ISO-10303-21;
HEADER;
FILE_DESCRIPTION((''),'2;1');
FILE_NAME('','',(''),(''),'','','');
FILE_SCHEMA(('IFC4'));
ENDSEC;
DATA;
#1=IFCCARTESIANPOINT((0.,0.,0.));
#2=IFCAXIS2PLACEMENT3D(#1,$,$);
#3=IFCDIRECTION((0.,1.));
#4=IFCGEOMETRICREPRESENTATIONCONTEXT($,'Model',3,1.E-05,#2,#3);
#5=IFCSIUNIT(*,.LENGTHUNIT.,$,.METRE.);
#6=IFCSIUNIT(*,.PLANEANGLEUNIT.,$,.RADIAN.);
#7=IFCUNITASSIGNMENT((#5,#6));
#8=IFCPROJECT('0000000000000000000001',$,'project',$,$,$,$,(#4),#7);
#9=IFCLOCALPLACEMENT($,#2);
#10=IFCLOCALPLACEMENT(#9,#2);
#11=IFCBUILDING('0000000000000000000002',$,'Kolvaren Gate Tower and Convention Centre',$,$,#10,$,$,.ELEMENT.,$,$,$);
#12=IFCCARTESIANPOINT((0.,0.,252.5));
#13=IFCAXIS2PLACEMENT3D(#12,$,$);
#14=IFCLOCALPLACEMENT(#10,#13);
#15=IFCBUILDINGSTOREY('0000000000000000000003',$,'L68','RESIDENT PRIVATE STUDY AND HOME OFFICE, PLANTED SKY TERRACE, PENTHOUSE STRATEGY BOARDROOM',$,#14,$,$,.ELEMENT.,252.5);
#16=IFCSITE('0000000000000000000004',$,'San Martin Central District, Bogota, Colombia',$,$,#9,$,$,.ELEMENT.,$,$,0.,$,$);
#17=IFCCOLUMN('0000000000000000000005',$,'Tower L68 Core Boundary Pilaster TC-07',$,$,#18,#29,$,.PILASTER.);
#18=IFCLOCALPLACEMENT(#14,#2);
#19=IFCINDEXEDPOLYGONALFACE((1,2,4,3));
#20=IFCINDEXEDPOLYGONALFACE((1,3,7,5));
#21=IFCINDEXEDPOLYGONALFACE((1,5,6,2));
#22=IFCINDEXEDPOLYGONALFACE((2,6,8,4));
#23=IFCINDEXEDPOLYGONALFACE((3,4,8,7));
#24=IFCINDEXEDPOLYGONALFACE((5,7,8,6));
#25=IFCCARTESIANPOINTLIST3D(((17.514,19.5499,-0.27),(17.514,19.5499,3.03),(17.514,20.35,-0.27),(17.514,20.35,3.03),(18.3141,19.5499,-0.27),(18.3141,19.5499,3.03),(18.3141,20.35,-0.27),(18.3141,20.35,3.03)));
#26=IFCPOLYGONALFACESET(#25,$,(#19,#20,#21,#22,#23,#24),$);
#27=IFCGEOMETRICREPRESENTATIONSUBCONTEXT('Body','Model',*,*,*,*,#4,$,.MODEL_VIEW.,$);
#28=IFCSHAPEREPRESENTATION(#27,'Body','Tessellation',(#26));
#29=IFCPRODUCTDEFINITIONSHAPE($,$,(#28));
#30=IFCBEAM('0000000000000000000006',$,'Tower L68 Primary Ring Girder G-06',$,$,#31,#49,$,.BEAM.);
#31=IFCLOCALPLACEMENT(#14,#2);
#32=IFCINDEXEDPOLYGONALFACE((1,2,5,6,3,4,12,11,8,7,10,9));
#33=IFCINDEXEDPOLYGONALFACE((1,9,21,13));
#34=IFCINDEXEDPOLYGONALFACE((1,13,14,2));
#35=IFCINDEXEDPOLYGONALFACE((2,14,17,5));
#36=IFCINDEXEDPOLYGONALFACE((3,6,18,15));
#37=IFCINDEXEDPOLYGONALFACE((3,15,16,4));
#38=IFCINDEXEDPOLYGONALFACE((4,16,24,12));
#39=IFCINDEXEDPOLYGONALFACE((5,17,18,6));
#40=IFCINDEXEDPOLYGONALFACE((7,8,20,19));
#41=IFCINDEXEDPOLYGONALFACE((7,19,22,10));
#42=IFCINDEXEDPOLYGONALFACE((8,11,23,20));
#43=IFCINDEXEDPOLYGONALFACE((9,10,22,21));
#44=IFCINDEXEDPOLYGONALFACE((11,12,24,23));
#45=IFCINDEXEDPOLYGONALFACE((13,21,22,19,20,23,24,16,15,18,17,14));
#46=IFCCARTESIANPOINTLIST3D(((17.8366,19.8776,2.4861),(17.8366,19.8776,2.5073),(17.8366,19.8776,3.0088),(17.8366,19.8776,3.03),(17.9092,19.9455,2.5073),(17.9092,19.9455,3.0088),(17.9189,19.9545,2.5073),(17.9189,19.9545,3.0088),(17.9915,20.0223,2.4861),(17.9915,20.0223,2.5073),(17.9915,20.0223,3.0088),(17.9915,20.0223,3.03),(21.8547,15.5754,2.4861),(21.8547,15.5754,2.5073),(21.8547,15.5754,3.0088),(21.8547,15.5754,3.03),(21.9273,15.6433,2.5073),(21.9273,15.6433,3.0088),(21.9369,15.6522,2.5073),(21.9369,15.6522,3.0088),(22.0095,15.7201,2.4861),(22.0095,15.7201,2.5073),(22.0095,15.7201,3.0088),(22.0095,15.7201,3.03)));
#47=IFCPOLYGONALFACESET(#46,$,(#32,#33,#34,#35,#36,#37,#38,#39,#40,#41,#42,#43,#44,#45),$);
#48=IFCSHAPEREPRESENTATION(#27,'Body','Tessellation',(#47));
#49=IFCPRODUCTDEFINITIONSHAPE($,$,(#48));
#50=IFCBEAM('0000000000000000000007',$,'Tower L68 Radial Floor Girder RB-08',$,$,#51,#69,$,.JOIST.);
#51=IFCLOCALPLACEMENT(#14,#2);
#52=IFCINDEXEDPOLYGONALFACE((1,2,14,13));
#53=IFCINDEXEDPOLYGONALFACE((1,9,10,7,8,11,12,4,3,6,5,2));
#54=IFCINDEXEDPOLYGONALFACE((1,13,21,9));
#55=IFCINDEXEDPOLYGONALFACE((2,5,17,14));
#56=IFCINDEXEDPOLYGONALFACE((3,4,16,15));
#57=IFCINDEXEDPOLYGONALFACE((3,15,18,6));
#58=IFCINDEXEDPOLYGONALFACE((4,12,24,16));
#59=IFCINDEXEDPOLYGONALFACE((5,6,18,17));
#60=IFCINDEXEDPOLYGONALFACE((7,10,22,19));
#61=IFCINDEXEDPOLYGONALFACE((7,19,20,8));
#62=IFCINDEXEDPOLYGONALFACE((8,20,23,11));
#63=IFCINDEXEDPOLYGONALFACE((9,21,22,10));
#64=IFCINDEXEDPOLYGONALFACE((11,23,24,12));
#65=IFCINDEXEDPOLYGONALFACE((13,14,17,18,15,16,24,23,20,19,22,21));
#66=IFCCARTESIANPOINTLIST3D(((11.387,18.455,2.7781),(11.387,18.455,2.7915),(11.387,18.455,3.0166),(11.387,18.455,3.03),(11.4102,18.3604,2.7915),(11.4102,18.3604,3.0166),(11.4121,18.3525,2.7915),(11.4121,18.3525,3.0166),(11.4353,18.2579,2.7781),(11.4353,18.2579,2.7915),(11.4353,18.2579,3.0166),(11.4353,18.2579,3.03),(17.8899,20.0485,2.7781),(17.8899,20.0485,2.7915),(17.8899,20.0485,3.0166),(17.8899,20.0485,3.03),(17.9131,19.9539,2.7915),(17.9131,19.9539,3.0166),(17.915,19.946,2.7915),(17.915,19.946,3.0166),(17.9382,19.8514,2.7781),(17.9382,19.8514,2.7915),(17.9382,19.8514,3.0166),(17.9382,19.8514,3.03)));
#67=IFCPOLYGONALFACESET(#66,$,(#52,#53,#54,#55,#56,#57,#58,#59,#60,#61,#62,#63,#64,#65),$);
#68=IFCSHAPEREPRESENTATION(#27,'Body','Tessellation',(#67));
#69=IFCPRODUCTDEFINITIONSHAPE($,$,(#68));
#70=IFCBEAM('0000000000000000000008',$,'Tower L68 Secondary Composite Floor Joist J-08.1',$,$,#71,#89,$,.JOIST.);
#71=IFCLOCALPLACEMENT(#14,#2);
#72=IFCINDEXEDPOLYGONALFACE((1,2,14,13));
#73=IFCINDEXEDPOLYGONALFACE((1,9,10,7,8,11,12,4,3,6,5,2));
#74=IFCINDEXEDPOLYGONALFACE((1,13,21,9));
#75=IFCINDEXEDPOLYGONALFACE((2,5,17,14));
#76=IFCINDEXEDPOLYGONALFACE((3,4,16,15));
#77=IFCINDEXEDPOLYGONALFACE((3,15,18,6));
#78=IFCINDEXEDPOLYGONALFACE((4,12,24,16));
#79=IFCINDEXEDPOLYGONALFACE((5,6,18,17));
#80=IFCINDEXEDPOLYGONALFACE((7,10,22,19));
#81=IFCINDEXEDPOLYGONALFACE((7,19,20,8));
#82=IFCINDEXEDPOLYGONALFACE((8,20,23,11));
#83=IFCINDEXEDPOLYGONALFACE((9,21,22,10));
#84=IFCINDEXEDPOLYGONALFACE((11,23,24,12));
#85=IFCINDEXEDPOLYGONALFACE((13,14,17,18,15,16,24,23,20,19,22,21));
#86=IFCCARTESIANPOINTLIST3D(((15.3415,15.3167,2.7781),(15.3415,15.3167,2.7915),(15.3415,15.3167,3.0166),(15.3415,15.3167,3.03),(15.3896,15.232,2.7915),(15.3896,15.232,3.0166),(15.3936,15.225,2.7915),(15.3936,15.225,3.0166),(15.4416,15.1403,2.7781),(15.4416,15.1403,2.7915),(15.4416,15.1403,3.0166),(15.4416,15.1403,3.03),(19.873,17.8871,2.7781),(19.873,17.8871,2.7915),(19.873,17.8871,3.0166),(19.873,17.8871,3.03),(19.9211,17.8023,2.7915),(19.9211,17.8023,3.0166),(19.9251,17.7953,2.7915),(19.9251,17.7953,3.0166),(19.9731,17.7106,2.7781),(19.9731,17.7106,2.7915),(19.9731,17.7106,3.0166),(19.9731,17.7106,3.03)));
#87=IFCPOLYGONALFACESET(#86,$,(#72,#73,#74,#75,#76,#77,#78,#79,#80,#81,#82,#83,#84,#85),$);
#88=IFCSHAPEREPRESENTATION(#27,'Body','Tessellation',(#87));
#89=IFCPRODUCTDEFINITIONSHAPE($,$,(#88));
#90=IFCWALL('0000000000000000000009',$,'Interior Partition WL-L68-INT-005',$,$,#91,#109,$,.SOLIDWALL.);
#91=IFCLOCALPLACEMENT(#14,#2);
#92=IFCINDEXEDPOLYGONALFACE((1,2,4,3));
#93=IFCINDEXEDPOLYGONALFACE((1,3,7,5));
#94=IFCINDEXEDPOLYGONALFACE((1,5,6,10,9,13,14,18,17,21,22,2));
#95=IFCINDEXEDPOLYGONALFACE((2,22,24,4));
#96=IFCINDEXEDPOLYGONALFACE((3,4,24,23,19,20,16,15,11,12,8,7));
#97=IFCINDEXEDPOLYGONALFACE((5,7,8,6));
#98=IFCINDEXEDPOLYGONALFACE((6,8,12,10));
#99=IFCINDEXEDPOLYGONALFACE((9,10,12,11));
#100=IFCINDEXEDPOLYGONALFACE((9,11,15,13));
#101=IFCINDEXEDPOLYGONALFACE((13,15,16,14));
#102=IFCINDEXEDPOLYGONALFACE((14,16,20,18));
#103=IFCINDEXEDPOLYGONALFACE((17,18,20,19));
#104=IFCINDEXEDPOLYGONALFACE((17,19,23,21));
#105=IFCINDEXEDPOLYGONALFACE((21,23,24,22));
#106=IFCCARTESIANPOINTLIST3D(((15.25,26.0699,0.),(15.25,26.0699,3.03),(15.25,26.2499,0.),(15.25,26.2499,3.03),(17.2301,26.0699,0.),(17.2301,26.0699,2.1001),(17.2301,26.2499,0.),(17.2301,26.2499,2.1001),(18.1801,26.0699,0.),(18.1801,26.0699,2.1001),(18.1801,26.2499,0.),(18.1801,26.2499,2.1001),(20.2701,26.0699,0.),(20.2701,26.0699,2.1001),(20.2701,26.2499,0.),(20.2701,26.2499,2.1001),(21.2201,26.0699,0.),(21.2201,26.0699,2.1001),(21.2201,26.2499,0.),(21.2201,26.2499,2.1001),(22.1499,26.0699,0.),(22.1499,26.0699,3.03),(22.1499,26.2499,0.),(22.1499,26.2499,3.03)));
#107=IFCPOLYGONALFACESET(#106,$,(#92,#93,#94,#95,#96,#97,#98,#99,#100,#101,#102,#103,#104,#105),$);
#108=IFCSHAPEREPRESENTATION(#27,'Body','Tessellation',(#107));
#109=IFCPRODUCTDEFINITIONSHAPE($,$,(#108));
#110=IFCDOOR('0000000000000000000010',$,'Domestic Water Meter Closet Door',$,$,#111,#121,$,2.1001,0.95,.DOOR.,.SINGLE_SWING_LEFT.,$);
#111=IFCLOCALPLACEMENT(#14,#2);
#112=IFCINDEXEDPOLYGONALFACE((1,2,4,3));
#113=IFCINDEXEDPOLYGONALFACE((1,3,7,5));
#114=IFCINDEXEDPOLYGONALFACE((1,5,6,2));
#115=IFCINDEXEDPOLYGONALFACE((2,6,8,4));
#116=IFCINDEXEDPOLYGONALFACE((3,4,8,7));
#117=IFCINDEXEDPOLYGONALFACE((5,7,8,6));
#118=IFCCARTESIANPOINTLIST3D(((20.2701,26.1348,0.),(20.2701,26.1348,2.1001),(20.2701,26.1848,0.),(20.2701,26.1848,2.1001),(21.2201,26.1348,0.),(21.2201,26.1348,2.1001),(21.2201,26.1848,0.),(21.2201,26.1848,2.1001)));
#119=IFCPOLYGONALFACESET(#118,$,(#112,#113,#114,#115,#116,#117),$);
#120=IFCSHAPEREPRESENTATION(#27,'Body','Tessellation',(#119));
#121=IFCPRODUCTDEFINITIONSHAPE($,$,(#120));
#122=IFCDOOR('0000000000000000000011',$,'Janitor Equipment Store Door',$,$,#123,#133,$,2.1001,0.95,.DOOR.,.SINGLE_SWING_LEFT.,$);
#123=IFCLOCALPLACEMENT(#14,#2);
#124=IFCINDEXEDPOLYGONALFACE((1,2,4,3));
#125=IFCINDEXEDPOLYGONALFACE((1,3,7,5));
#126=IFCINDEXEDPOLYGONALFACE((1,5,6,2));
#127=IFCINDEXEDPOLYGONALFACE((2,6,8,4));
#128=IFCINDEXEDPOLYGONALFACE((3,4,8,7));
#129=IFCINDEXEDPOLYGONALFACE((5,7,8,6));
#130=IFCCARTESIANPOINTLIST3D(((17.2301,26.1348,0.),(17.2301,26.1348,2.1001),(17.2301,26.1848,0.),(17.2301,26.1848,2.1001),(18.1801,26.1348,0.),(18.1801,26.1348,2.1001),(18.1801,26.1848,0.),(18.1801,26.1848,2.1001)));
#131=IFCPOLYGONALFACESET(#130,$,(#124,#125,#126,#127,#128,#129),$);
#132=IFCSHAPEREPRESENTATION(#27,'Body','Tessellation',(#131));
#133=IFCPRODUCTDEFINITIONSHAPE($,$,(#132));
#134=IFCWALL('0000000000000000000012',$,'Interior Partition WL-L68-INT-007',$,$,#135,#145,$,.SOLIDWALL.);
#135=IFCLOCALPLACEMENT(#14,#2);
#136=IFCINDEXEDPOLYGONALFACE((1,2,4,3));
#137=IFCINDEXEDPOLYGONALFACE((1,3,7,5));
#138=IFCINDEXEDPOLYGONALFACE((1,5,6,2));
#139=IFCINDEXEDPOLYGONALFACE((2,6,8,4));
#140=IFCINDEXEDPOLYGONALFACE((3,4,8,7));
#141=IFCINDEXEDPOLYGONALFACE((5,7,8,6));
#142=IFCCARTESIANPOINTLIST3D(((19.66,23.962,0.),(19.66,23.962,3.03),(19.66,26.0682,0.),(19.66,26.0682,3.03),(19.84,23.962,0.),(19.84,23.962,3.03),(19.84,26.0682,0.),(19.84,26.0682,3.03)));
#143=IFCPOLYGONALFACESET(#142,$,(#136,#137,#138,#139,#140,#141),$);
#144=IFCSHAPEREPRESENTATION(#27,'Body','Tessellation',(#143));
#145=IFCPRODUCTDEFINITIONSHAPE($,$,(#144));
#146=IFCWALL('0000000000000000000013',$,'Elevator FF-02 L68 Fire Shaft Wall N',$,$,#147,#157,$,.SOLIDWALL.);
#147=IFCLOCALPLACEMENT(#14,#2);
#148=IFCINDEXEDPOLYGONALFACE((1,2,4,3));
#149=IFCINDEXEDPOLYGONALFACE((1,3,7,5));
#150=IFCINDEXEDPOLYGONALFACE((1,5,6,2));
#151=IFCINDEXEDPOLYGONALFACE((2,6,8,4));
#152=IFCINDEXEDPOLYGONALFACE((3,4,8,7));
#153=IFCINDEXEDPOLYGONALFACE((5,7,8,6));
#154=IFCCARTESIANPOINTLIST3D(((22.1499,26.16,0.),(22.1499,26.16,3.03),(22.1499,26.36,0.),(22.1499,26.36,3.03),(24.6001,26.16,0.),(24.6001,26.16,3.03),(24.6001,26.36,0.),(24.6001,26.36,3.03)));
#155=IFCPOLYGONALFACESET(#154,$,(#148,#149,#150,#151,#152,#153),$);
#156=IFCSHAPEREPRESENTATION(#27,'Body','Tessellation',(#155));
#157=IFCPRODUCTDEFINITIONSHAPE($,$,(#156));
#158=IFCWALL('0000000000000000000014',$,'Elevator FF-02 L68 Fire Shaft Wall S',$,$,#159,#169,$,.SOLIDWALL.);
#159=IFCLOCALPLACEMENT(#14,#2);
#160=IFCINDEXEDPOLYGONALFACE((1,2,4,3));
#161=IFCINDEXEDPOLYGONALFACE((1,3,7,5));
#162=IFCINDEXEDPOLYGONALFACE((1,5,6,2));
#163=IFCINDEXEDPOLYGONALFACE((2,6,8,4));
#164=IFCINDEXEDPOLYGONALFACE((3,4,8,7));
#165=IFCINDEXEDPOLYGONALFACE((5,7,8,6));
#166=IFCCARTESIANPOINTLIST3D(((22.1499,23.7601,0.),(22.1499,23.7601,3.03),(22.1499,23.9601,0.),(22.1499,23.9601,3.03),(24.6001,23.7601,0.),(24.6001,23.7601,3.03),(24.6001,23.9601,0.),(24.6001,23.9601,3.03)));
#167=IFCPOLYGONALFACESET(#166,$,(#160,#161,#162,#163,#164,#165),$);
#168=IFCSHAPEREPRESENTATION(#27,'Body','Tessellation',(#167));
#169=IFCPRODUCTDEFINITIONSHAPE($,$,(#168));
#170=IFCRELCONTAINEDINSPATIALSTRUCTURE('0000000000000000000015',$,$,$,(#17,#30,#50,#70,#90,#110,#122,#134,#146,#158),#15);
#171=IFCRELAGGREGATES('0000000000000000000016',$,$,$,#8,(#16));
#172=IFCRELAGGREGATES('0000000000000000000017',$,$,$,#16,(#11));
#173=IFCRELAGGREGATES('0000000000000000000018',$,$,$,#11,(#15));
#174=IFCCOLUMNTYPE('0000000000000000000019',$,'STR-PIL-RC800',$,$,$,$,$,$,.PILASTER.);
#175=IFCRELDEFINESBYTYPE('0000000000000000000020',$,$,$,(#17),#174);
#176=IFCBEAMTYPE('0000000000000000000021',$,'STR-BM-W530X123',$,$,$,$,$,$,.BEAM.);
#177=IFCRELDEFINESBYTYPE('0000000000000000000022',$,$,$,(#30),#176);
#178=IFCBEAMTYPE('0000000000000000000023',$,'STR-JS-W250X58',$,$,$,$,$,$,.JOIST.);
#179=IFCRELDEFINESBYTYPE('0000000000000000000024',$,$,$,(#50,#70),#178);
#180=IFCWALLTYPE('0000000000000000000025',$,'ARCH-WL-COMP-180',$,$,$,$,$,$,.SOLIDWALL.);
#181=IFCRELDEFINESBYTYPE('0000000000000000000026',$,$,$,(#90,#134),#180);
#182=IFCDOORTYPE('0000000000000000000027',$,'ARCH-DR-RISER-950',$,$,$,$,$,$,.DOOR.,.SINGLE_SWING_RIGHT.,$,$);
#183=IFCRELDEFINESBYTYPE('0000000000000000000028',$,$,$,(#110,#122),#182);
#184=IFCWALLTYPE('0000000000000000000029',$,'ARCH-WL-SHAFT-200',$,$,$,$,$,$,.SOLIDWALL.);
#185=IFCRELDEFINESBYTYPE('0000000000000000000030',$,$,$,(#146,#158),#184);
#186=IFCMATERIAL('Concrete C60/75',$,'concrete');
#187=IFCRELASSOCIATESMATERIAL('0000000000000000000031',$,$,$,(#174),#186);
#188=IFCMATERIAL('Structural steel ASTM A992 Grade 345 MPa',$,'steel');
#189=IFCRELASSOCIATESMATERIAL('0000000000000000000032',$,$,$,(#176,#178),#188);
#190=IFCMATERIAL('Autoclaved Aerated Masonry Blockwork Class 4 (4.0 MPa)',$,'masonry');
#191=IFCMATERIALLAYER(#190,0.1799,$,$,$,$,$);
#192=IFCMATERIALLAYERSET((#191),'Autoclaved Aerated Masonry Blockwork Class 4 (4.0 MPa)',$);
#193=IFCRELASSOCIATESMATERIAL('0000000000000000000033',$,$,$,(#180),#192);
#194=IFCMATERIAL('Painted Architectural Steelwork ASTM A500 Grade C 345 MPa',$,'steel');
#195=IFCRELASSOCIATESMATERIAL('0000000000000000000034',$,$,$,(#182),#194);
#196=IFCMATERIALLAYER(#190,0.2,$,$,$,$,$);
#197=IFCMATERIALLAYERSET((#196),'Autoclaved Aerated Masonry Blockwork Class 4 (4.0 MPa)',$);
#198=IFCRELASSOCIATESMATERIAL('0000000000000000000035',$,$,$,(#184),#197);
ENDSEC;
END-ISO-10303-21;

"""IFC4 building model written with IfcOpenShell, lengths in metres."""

from ifc_helpers import new_model, si_unit, direction, frame, frame_2d, origin, origin_2d, place, context, subcontext, project, spatial, rectangle, i_section, extrude, material, layer, layer_set, material_profile, profile_set, type_object, element, fill, save


model = new_model("IFC4")

# Units and contexts
model_context = context("Model", 3, precision=1e-05, world=origin(), true_north=direction((0.0, 1.0)))
body_context = subcontext(model_context, "Body", "Model", "MODEL_VIEW")
ifc_project = project(units=[si_unit("LENGTHUNIT", "METRE"), si_unit("PLANEANGLEUNIT", "RADIAN")], contexts=[model_context])

# Site, building, storey
site_placement = place(None, origin())
site = spatial("IfcSite", under=ifc_project, at=site_placement, Name="San Martin Central District, Bogota, Colombia", CompositionType="ELEMENT", RefElevation=0.0)
building_placement = place(site_placement, origin())
building = spatial("IfcBuilding", under=site, at=building_placement, Name="Kolvaren Gate Tower and Convention Centre", CompositionType="ELEMENT")
storey_placement = place(building_placement, frame((0.0, 0.0, 252.5)))
storey = spatial("IfcBuildingStorey", under=building, at=storey_placement, Name="L68", Description="RESIDENT PRIVATE STUDY AND HOME OFFICE, PLANTED SKY TERRACE, PENTHOUSE STRATEGY BOARDROOM", CompositionType="ELEMENT", Elevation=252.5)

# Column
ifc_material_1 = material(Name="Concrete C60/75", Category="concrete")
ifc_material_profile_1 = material_profile(ifc_material_1, rectangle(XDim=0.8, YDim=0.8, at=origin_2d()), Name="RC-COL-800X800")
ifc_profile_set_1 = profile_set([ifc_material_profile_1], Name="Concrete C60/75")
column_type = type_object("IfcColumnType", Name="STR-PIL-RC800", PredefinedType="PILASTER", material=ifc_profile_set_1)
column_placement = place(storey_placement, frame((17.9141, 19.95, -0.27), z_axis=(0.0, 0.0, 1.0), x_axis=(1.0, 0.0, 0.0)))
element("IfcColumn", 1, at=column_placement, inside=storey, type_object=column_type, Name="Tower L68 Core Boundary Pilaster TC-07", PredefinedType="PILASTER", context=body_context, shape_type="SweptSolid", body=[
    extrude(rectangle(XDim=0.8, YDim=0.8, at=origin_2d()), origin(), (0.0, 0.0, 1.0), 3.3),
])

# Beams
ifc_material_2 = material(Name="Structural steel ASTM A992 Grade 345 MPa", Category="steel")
ifc_material_profile_2 = material_profile(ifc_material_2, i_section(OverallWidth=0.2119, OverallDepth=0.5439, WebThickness=0.0132, FlangeThickness=0.0212, at=origin_2d()), Name="W530X123")
ifc_profile_set_2 = profile_set([ifc_material_profile_2], Name="Structural steel ASTM A992 Grade 345 MPa")
beam_type_1 = type_object("IfcBeamType", Name="STR-BM-W530X123", PredefinedType="BEAM", material=ifc_profile_set_2)
beam_1_placement = place(storey_placement, frame((17.9141, 19.95, 2.7581), z_axis=(0.682558, -0.730832, 0.0), x_axis=(0.730832, 0.682558, 0.0)))
element("IfcBeam", 2, at=beam_1_placement, inside=storey, type_object=beam_type_1, Name="Tower L68 Primary Ring Girder G-06", PredefinedType="BEAM", context=body_context, shape_type="SweptSolid", body=[
    extrude(i_section(OverallWidth=0.2119, OverallDepth=0.5439, WebThickness=0.0132, FlangeThickness=0.0212, at=origin_2d()), origin(), (0.0, 0.0, 1.0), 5.8867),
])
ifc_material_profile_3 = material_profile(ifc_material_2, i_section(OverallWidth=0.2029, OverallDepth=0.252, WebThickness=0.0081, FlangeThickness=0.0134, at=origin_2d()), Name="W250X58")
ifc_profile_set_3 = profile_set([ifc_material_profile_3], Name="Structural steel ASTM A992 Grade 345 MPa")
beam_type_2 = type_object("IfcBeamType", Name="STR-JS-W250X58", PredefinedType="JOIST", material=ifc_profile_set_3)
beam_2_placement = place(storey_placement, frame((17.9141, 19.95, 2.9041), z_axis=(-0.971264, -0.238003, 0.0), x_axis=(0.238003, -0.971264, 0.0)))
element("IfcBeam", 3, at=beam_2_placement, inside=storey, type_object=beam_type_2, Name="Tower L68 Radial Floor Girder RB-08", PredefinedType="JOIST", context=body_context, shape_type="SweptSolid", body=[
    extrude(i_section(OverallWidth=0.2029, OverallDepth=0.252, WebThickness=0.0081, FlangeThickness=0.0134, at=origin_2d()), origin(), (0.0, 0.0, 1.0), 6.6953),
])
beam_3_placement = place(storey_placement, frame((19.9231, 17.7988, 2.9041), z_axis=(-0.869819, -0.493371, 0.0), x_axis=(0.493371, -0.869819, 0.0)))
element("IfcBeam", 4, at=beam_3_placement, inside=storey, type_object=beam_type_2, Name="Tower L68 Secondary Composite Floor Joist J-08.1", PredefinedType="JOIST", context=body_context, shape_type="SweptSolid", body=[
    extrude(i_section(OverallWidth=0.2029, OverallDepth=0.252, WebThickness=0.0081, FlangeThickness=0.0134, at=origin_2d()), origin(), (0.0, 0.0, 1.0), 5.2097),
])

# Wall, openings, doors
ifc_material_3 = material(Name="Autoclaved Aerated Masonry Blockwork Class 4 (4.0 MPa)", Category="masonry")
ifc_layer_1 = layer(ifc_material_3, 0.1799)
ifc_layer_set_1 = layer_set([ifc_layer_1], Name="Autoclaved Aerated Masonry Blockwork Class 4 (4.0 MPa)")
wall_type_1 = type_object("IfcWallType", Name="ARCH-WL-COMP-180", PredefinedType="SOLIDWALL", material=ifc_layer_set_1)
wall_1_placement = place(storey_placement, frame((15.25, 26.1599, 0.0), z_axis=(0.0, 0.0, 1.0), x_axis=(1.0, 0.0, 0.0)))
wall_1 = element("IfcWall", 5, at=wall_1_placement, inside=storey, type_object=wall_type_1, Name="Interior Partition WL-L68-INT-005", PredefinedType="SOLIDWALL", context=body_context, shape_type="SweptSolid", body=[
    extrude(rectangle(XDim=6.8999, YDim=0.1799, at=frame_2d((3.45, 0.0))), origin(), (0.0, 0.0, 1.0), 3.03),
])
opening_1_placement = place(wall_1_placement, frame((5.02, 0.0, 0.0)))
opening_1 = element("IfcOpeningElement", 6, at=opening_1_placement, cuts=wall_1, PredefinedType="OPENING", context=body_context, shape_type="SweptSolid", body=[
    extrude(rectangle(XDim=0.95, YDim=2.1001, at=frame_2d((0.4751, 1.05))), frame((0.0, 0.0999, 0.0), z_axis=(0.0, -1.0, 0.0), x_axis=(1.0, 0.0, 0.0)), (0.0, 0.0, 1.0), 0.2),
])
opening_2_placement = place(wall_1_placement, frame((1.98, 0.0, 0.0)))
opening_2 = element("IfcOpeningElement", 7, at=opening_2_placement, cuts=wall_1, PredefinedType="OPENING", context=body_context, shape_type="SweptSolid", body=[
    extrude(rectangle(XDim=0.95, YDim=2.1001, at=frame_2d((0.4751, 1.05))), frame((0.0, 0.0999, 0.0), z_axis=(0.0, -1.0, 0.0), x_axis=(1.0, 0.0, 0.0)), (0.0, 0.0, 1.0), 0.2),
])
ifc_material_4 = material(Name="Painted Architectural Steelwork ASTM A500 Grade C 345 MPa", Category="steel")
door_type = type_object("IfcDoorType", Name="ARCH-DR-RISER-950", OperationType="SINGLE_SWING_RIGHT", PredefinedType="DOOR", material=ifc_material_4)
door_1_placement = place(opening_1_placement, origin())
door_1 = element("IfcDoor", 8, at=door_1_placement, inside=storey, type_object=door_type, Name="Domestic Water Meter Closet Door", OperationType="SINGLE_SWING_LEFT", OverallHeight=2.1001, OverallWidth=0.95, PredefinedType="DOOR", context=body_context, shape_type="SweptSolid", body=[
    extrude(rectangle(XDim=0.95, YDim=2.1001, at=frame_2d((0.4751, 1.05))), frame((0.0, 0.0249, 0.0), z_axis=(0.0, -1.0, 0.0), x_axis=(1.0, 0.0, 0.0)), (0.0, 0.0, 1.0), 0.05),
])
fill(opening_1, door_1)
door_2_placement = place(opening_2_placement, origin())
door_2 = element("IfcDoor", 9, at=door_2_placement, inside=storey, type_object=door_type, Name="Janitor Equipment Store Door", OperationType="SINGLE_SWING_LEFT", OverallHeight=2.1001, OverallWidth=0.95, PredefinedType="DOOR", context=body_context, shape_type="SweptSolid", body=[
    extrude(rectangle(XDim=0.95, YDim=2.1001, at=frame_2d((0.4751, 1.05))), frame((0.0, 0.0249, 0.0), z_axis=(0.0, -1.0, 0.0), x_axis=(1.0, 0.0, 0.0)), (0.0, 0.0, 1.0), 0.05),
])
fill(opening_2, door_2)

# Walls
wall_2_placement = place(storey_placement, frame((19.75, 23.9619, 0.0), z_axis=(0.0, 0.0, 1.0), x_axis=(0.0, 1.0, 0.0)))
element("IfcWall", 10, at=wall_2_placement, inside=storey, type_object=wall_type_1, Name="Interior Partition WL-L68-INT-007", PredefinedType="SOLIDWALL", context=body_context, shape_type="SweptSolid", body=[
    extrude(rectangle(XDim=2.1062, YDim=0.1799, at=frame_2d((1.0532, 0.0))), origin(), (0.0, 0.0, 1.0), 3.03),
])
ifc_layer_2 = layer(ifc_material_3, 0.2)
ifc_layer_set_2 = layer_set([ifc_layer_2], Name="Autoclaved Aerated Masonry Blockwork Class 4 (4.0 MPa)")
wall_type_2 = type_object("IfcWallType", Name="ARCH-WL-SHAFT-200", PredefinedType="SOLIDWALL", material=ifc_layer_set_2)
for number, where, z_axis, x_axis, name in (
    (11, (22.1499, 26.26, 0.0), (0.0, 0.0, 1.0), (1.0, 0.0, 0.0), "Elevator FF-02 L68 Fire Shaft Wall N"),
    (12, (22.1499, 23.8601, 0.0), (0.0, 0.0, 1.0), (1.0, 0.0, 0.0), "Elevator FF-02 L68 Fire Shaft Wall S"),
):
    element("IfcWall", number, at=place(storey_placement, frame(where, z_axis=z_axis, x_axis=x_axis)), inside=storey, type_object=wall_type_2, Name=name, PredefinedType="SOLIDWALL", context=body_context, shape_type="SweptSolid", body=[
        extrude(rectangle(XDim=2.4502, YDim=0.2, at=frame_2d((1.2251, 0.0))), origin(), (0.0, 0.0, 1.0), 3.03),
    ])

save(model, "model.ifc")
